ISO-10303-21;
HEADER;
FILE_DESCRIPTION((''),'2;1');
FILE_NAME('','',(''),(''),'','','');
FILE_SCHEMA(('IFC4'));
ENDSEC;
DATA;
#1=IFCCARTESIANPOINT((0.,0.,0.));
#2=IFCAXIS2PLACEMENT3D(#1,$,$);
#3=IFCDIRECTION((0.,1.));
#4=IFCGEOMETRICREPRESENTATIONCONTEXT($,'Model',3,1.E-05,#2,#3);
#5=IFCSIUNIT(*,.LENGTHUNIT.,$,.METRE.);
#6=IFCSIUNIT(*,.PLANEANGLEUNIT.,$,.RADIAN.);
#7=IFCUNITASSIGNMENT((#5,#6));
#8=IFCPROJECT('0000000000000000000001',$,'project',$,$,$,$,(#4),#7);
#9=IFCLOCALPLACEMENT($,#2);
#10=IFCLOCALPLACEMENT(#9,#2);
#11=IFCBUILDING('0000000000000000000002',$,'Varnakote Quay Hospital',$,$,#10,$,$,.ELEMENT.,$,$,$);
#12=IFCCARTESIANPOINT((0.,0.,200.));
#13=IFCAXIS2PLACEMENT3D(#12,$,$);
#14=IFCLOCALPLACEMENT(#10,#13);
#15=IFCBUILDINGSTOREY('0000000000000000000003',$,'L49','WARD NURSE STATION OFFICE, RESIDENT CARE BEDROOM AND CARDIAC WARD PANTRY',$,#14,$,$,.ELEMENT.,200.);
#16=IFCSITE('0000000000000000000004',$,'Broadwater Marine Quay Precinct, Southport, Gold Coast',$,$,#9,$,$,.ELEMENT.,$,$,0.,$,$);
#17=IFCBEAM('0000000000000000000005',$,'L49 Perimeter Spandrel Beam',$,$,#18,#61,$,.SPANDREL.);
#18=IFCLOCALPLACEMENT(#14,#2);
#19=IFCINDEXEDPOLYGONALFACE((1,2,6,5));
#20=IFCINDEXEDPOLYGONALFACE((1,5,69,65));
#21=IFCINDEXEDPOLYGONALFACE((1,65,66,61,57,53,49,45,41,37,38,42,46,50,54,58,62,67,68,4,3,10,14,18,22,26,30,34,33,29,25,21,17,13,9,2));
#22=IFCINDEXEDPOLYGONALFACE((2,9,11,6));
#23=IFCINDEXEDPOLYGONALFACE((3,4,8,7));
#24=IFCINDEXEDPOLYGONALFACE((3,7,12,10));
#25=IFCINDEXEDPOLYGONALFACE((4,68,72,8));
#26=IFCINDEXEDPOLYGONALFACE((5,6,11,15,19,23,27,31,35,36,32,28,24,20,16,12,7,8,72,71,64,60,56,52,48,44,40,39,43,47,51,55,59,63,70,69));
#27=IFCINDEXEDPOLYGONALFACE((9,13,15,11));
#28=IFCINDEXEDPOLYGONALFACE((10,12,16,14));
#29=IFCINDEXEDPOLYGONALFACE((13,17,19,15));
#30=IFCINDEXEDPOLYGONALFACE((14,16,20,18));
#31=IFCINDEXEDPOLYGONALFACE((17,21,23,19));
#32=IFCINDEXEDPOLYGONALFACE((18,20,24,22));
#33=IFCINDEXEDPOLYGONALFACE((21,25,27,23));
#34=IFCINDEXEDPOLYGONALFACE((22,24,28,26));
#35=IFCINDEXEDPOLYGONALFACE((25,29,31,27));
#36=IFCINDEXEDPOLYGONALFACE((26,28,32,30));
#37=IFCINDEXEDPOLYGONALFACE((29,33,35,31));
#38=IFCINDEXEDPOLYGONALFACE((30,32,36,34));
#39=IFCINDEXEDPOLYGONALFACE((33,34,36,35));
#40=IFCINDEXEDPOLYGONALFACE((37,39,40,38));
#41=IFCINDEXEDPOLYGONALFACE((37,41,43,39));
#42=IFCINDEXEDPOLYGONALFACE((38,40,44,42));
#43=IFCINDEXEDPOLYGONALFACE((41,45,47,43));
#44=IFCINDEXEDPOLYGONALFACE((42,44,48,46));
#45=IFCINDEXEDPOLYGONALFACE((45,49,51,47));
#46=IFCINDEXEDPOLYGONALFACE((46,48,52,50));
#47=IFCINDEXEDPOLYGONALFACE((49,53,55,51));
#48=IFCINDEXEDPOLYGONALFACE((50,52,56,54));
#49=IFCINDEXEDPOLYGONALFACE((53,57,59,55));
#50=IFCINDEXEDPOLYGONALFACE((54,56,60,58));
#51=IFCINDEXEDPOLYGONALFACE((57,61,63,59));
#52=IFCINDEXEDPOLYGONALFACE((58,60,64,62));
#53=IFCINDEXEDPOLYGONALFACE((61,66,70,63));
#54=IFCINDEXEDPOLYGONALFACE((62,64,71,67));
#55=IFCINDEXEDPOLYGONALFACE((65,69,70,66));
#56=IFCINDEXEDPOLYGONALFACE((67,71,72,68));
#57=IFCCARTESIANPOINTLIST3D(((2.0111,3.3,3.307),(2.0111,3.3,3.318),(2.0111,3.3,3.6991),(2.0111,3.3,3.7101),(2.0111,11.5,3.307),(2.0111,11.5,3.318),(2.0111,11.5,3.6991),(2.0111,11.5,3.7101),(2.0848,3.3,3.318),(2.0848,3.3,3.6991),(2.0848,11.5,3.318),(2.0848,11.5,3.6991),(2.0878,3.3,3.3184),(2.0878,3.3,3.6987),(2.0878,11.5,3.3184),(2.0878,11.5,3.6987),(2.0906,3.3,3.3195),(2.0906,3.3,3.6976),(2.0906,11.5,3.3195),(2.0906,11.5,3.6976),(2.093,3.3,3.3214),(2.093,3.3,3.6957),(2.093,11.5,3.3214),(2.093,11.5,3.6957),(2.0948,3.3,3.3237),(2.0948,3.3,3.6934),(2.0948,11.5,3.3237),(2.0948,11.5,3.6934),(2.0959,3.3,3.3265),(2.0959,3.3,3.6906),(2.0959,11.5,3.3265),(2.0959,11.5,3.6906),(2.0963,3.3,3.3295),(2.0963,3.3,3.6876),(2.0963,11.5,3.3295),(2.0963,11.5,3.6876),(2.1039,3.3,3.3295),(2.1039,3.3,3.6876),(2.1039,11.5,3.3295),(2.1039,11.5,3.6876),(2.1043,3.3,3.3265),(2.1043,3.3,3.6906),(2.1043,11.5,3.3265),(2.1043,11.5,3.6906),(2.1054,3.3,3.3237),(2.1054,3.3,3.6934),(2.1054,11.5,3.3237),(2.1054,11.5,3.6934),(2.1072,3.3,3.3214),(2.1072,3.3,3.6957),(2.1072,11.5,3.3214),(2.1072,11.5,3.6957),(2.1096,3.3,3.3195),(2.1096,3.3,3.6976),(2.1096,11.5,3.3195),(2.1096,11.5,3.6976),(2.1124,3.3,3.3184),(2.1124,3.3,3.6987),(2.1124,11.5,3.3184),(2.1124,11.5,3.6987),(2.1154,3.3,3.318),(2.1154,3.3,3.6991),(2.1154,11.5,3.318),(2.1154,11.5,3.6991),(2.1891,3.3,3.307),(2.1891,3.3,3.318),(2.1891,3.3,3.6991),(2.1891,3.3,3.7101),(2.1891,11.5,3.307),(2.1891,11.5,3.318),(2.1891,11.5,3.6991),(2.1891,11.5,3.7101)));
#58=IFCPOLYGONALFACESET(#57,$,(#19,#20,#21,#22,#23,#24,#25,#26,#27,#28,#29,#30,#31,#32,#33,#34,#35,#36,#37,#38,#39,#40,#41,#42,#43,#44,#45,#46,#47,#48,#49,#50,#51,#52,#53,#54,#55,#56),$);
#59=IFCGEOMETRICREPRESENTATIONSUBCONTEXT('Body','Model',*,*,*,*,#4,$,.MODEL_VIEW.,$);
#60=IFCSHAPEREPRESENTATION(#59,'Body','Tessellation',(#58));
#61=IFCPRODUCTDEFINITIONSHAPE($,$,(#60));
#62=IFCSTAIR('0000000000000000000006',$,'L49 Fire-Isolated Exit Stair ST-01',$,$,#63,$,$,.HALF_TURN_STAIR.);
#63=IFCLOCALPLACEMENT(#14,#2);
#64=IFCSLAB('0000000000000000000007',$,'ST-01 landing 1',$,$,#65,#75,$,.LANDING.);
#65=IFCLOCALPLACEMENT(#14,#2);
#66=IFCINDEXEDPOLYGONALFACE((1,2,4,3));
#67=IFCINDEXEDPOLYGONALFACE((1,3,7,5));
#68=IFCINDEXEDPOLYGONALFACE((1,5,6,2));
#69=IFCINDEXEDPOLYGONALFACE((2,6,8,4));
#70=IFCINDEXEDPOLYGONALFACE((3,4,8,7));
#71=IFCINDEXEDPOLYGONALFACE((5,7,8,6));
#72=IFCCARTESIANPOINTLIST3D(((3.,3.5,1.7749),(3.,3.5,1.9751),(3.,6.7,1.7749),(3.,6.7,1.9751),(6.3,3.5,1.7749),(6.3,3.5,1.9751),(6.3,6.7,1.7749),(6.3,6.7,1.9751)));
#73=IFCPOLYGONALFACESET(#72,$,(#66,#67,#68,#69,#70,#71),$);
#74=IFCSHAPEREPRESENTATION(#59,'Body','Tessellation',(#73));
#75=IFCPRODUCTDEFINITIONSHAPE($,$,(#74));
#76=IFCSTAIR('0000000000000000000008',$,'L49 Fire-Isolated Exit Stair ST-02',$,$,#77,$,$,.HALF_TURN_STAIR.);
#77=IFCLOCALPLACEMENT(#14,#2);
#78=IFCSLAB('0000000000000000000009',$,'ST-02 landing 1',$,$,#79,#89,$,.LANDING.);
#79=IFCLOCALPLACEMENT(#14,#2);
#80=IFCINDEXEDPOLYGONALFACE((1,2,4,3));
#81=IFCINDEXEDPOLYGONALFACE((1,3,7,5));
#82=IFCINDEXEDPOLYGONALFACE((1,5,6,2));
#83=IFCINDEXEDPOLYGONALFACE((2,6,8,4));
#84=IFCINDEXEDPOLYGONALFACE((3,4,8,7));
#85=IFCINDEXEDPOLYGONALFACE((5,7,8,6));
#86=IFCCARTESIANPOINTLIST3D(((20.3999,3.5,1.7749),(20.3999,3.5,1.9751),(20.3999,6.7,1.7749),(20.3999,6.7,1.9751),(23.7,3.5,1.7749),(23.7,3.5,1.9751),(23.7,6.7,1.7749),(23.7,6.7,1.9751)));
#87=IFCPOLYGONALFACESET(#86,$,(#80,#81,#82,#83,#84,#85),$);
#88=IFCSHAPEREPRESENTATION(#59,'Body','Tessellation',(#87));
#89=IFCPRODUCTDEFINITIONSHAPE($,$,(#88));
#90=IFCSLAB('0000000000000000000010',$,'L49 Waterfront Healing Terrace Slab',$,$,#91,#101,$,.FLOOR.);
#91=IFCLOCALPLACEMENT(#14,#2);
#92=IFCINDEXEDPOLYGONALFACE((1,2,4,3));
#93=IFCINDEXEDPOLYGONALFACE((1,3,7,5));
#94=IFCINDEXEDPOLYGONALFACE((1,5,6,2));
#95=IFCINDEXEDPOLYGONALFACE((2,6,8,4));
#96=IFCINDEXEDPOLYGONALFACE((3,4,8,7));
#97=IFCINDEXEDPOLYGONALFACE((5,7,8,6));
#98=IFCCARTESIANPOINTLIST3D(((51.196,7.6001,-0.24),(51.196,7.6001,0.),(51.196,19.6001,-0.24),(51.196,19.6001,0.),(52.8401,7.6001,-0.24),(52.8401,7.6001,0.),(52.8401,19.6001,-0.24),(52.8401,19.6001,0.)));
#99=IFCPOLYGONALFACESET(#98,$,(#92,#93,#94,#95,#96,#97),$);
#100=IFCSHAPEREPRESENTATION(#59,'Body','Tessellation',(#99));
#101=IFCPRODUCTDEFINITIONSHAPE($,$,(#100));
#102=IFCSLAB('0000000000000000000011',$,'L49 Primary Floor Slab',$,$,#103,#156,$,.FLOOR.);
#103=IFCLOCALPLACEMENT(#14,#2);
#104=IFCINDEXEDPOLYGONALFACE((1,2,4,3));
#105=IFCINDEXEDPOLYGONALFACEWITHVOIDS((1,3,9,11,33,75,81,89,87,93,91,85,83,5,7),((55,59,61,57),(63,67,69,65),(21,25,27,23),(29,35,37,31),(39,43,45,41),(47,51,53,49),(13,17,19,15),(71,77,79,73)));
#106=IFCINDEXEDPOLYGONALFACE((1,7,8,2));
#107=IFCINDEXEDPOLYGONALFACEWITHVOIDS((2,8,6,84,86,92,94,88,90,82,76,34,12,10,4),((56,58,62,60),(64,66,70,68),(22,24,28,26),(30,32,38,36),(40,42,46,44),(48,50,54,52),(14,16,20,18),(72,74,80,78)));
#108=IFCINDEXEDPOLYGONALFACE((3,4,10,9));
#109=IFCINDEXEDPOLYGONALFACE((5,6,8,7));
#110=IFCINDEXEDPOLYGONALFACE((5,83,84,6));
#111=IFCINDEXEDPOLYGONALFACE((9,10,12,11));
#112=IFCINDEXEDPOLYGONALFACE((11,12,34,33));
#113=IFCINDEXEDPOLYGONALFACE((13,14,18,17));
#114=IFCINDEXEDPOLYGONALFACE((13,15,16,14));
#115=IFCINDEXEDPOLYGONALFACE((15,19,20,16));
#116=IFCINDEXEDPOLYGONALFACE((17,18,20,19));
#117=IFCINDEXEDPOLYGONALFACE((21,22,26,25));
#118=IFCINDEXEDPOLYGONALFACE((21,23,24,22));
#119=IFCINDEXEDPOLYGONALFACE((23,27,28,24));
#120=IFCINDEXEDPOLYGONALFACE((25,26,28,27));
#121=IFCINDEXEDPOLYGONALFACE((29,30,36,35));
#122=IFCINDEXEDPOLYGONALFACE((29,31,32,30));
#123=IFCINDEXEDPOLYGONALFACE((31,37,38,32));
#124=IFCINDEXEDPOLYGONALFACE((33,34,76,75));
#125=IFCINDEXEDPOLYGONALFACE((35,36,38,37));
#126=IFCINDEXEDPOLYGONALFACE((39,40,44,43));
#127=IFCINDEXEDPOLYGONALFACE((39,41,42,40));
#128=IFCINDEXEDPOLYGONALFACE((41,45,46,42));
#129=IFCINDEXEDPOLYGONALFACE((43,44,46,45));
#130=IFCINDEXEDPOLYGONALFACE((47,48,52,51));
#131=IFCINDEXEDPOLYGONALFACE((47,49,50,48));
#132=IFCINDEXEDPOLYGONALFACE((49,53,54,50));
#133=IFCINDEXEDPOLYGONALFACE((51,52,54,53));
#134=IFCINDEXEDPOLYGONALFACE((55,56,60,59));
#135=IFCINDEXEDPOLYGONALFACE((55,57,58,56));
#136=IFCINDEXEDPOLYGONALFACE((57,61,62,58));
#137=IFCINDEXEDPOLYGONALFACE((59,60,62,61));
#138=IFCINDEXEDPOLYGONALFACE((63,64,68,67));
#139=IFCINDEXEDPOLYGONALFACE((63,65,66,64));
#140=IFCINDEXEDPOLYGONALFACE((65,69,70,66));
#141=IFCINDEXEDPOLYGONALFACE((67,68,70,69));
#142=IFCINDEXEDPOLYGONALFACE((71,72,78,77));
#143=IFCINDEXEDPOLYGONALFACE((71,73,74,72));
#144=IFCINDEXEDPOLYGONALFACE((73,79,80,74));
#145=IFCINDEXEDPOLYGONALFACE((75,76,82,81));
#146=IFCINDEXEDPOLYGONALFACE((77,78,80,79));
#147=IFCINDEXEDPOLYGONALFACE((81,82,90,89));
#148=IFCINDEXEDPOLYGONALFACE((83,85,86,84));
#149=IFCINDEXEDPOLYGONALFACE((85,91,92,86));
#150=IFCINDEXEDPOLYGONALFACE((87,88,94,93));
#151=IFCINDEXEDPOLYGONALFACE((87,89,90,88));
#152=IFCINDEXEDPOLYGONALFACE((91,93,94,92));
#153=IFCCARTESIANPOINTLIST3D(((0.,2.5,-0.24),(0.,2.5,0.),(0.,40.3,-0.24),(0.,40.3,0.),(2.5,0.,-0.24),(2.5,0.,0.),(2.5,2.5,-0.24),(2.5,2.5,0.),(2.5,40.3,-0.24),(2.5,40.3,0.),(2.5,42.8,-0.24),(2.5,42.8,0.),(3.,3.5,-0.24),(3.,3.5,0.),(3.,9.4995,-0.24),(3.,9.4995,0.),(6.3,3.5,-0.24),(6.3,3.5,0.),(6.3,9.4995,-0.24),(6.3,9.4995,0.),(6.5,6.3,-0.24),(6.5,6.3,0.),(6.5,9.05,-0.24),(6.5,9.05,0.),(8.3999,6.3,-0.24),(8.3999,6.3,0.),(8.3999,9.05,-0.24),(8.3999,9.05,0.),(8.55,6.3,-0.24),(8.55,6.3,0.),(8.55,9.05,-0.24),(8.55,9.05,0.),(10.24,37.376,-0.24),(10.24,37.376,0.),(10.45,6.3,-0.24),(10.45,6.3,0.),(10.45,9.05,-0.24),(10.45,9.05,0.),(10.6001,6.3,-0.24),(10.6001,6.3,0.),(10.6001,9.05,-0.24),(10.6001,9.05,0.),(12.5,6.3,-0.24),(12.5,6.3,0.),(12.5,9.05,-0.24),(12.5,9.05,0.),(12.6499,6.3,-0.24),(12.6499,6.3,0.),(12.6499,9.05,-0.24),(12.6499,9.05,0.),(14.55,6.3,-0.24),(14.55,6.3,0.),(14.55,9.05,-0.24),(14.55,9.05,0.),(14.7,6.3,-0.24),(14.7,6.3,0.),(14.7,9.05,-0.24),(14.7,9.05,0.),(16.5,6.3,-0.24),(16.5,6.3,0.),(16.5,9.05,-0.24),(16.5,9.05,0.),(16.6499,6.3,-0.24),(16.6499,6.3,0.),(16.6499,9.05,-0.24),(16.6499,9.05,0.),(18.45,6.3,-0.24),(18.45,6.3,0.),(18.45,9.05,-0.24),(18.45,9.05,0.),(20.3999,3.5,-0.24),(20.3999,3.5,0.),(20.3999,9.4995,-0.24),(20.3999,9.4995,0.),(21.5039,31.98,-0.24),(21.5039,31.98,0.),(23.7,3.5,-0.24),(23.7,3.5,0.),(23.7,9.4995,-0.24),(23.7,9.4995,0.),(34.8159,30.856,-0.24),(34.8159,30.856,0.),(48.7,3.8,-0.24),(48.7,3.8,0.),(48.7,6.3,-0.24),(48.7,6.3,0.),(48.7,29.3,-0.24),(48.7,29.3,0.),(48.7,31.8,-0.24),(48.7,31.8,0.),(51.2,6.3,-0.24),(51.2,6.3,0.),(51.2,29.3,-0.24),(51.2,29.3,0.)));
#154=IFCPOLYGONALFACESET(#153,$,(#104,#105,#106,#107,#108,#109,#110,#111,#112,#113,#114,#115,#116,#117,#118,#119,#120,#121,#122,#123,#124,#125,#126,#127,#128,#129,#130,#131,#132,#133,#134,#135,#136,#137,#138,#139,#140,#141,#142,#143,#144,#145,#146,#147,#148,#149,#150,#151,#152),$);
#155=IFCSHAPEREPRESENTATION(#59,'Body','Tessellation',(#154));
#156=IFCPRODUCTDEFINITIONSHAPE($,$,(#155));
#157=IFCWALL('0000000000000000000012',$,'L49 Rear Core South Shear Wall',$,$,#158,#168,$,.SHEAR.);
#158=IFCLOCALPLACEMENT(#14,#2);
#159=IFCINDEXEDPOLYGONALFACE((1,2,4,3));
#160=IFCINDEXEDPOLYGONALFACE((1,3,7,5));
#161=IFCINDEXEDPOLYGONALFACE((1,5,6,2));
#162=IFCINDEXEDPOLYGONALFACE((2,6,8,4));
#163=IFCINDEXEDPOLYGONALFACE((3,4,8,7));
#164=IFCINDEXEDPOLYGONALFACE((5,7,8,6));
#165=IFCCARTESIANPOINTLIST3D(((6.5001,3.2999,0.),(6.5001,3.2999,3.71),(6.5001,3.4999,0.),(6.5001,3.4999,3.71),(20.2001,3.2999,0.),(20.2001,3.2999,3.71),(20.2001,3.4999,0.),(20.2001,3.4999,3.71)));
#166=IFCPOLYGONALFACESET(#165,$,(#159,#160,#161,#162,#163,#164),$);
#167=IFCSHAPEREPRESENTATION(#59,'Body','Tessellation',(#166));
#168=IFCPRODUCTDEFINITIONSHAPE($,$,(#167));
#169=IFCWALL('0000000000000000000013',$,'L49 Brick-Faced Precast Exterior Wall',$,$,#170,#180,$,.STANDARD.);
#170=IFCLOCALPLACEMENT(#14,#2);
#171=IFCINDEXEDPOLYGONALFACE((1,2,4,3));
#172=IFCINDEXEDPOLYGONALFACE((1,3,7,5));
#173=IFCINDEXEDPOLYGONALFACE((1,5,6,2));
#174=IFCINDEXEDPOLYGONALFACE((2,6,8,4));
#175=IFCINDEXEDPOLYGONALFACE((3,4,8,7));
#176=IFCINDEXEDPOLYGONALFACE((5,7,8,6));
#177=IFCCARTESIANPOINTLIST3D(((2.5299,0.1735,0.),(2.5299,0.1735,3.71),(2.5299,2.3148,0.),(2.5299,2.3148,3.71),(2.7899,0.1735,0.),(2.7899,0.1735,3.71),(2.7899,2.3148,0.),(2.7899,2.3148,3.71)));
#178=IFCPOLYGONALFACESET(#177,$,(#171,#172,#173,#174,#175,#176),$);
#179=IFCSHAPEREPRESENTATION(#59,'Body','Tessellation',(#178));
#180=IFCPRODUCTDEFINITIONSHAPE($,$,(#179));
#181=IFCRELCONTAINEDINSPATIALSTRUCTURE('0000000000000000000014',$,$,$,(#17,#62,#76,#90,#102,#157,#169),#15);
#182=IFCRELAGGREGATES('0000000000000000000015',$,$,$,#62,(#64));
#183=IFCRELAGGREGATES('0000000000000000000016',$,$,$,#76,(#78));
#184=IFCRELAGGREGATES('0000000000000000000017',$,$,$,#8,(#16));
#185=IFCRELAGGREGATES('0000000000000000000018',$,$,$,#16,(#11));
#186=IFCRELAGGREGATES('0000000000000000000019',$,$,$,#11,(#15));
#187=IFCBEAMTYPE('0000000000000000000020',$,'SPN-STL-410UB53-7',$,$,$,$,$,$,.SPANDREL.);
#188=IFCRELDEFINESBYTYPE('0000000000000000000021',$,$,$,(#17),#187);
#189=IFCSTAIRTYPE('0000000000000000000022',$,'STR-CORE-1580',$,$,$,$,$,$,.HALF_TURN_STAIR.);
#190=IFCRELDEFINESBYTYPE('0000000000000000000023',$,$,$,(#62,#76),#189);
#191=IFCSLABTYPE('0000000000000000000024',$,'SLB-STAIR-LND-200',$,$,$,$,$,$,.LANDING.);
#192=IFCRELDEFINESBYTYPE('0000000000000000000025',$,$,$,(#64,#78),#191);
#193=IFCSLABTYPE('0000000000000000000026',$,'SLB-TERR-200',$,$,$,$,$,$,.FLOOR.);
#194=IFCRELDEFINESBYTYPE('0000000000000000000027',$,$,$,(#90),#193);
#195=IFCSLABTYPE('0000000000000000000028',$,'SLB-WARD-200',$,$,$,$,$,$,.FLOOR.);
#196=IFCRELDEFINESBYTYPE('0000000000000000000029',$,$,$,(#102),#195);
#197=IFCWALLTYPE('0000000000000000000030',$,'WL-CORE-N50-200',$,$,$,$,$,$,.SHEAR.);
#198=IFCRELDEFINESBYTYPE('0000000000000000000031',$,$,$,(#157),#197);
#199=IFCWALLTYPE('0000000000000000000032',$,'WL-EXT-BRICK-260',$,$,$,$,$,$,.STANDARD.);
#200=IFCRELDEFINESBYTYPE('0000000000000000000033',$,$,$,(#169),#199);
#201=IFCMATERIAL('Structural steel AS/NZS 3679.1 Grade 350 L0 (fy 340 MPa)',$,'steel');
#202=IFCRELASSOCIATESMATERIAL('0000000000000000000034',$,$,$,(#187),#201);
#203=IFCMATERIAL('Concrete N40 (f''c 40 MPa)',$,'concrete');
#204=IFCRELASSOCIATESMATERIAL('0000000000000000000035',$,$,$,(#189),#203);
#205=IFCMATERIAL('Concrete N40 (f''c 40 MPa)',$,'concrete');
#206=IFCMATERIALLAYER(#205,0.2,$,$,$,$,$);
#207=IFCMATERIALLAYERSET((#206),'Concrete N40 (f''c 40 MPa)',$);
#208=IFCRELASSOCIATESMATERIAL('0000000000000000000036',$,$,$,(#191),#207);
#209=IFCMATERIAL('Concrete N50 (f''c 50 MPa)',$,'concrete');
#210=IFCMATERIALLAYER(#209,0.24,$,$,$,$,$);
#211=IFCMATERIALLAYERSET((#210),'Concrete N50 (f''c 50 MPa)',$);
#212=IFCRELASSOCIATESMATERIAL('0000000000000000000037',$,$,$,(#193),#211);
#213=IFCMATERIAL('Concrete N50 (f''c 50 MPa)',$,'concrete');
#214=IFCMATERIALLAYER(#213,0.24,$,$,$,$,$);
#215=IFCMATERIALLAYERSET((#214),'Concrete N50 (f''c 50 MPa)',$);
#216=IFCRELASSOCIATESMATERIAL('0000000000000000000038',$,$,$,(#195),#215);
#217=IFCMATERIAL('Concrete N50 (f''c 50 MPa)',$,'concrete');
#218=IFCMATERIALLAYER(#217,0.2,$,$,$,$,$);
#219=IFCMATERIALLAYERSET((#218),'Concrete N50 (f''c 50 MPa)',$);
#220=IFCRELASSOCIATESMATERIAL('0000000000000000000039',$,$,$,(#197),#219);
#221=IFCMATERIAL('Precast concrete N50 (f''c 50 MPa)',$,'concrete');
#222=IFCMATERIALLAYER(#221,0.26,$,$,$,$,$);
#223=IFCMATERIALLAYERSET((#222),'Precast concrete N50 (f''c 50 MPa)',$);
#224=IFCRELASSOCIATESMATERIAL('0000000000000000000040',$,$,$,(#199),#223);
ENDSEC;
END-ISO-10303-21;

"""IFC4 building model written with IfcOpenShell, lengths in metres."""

from ifc_helpers import new_model, si_unit, direction, frame, frame_2d, origin, origin_2d, place, context, subcontext, project, spatial, polyline, rectangle, i_section, outline, extrude, material, layer, layer_set, material_profile, profile_set, type_object, element, aggregate, save


model = new_model("IFC4")

# Units and contexts
model_context = context("Model", 3, precision=1e-05, world=origin(), true_north=direction((0.0, 1.0)))
body_context = subcontext(model_context, "Body", "Model", "MODEL_VIEW")
ifc_project = project(units=[si_unit("LENGTHUNIT", "METRE"), si_unit("PLANEANGLEUNIT", "RADIAN")], contexts=[model_context])

# Site, building, storey
site_placement = place(None, origin())
site = spatial("IfcSite", under=ifc_project, at=site_placement, Name="Broadwater Marine Quay Precinct, Southport, Gold Coast", CompositionType="ELEMENT", RefElevation=0.0)
building_placement = place(site_placement, origin())
building = spatial("IfcBuilding", under=site, at=building_placement, Name="Varnakote Quay Hospital", CompositionType="ELEMENT")
storey_placement = place(building_placement, frame((0.0, 0.0, 200.0)))
storey = spatial("IfcBuildingStorey", under=building, at=storey_placement, Name="L49", Description="WARD NURSE STATION OFFICE, RESIDENT CARE BEDROOM AND CARDIAC WARD PANTRY", CompositionType="ELEMENT", Elevation=200.0)

# Beam
ifc_material_1 = material(Name="Structural steel AS/NZS 3679.1 Grade 350 L0 (fy 340 MPa)", Category="steel")
ifc_material_profile_1 = material_profile(ifc_material_1, i_section(OverallWidth=0.178, OverallDepth=0.4031, WebThickness=0.0076, FlangeThickness=0.011, FilletRadius=0.0115, at=origin_2d()), Name="410UB53.7")
ifc_profile_set_1 = profile_set([ifc_material_profile_1], Name="Structural steel AS/NZS 3679.1 Grade 350 L0 (fy 340 MPa)")
beam_type_1 = type_object("IfcBeamType", Name="SPN-STL-410UB53-7", PredefinedType="SPANDREL", material=ifc_profile_set_1)
beam_1_placement = place(storey_placement, frame((2.1001, 3.3, 3.5085), z_axis=(0.0, 1.0, 0.0), x_axis=(-1.0, 0.0, 0.0)))
element("IfcBeam", 1, at=beam_1_placement, inside=storey, type_object=beam_type_1, Name="L49 Perimeter Spandrel Beam", PredefinedType="SPANDREL", context=body_context, shape_type="SweptSolid", body=[
    extrude(i_section(OverallWidth=0.178, OverallDepth=0.4031, WebThickness=0.0076, FlangeThickness=0.011, FilletRadius=0.0115, at=origin_2d()), origin(), (0.0, 0.0, 1.0), 8.2),
])

# Stairs, slabs
ifc_material_2 = material(Name="Concrete N40 (f'c 40 MPa)", Category="concrete")
stair_type = type_object("IfcStairType", Name="STR-CORE-1580", PredefinedType="HALF_TURN_STAIR", material=ifc_material_2)
stair_1_placement = place(storey_placement, origin())
stair_1 = element("IfcStair", 2, at=stair_1_placement, inside=storey, type_object=stair_type, Name="L49 Fire-Isolated Exit Stair ST-01", PredefinedType="HALF_TURN_STAIR")
ifc_material_3 = material(Name="Concrete N40 (f'c 40 MPa)", Category="concrete")
ifc_layer_1 = layer(ifc_material_3, 0.2)
ifc_layer_set_1 = layer_set([ifc_layer_1], Name="Concrete N40 (f'c 40 MPa)")
slab_type_1 = type_object("IfcSlabType", Name="SLB-STAIR-LND-200", PredefinedType="LANDING", material=ifc_layer_set_1)
slab_1_placement = place(storey_placement, frame((0.0, 0.0, 1.7749)))
slab_1 = element("IfcSlab", 3, at=slab_1_placement, type_object=slab_type_1, Name="ST-01 landing 1", PredefinedType="LANDING", context=body_context, shape_type="SweptSolid", body=[
    extrude(outline(polyline([(3.0, 6.7), (3.0, 3.5), (6.3, 3.5), (6.3, 6.7), (3.0, 6.7)])), origin(), (0.0, 0.0, 1.0), 0.2002),
])
aggregate(stair_1, [slab_1])
stair_2_placement = place(storey_placement, origin())
stair_2 = element("IfcStair", 4, at=stair_2_placement, inside=storey, type_object=stair_type, Name="L49 Fire-Isolated Exit Stair ST-02", PredefinedType="HALF_TURN_STAIR")
slab_2_placement = place(storey_placement, frame((0.0, 0.0, 1.7749)))
slab_2 = element("IfcSlab", 5, at=slab_2_placement, type_object=slab_type_1, Name="ST-02 landing 1", PredefinedType="LANDING", context=body_context, shape_type="SweptSolid", body=[
    extrude(outline(polyline([(20.3999, 6.7), (20.3999, 3.5), (23.7, 3.5), (23.7, 6.7), (20.3999, 6.7)])), origin(), (0.0, 0.0, 1.0), 0.2002),
])
aggregate(stair_2, [slab_2])

# Slabs
ifc_material_4 = material(Name="Concrete N50 (f'c 50 MPa)", Category="concrete")
ifc_layer_2 = layer(ifc_material_4, 0.24)
ifc_layer_set_2 = layer_set([ifc_layer_2], Name="Concrete N50 (f'c 50 MPa)")
slab_type_2 = type_object("IfcSlabType", Name="SLB-TERR-200", PredefinedType="FLOOR", material=ifc_layer_set_2)
slab_3_placement = place(storey_placement, frame((0.0, 0.0, -0.24)))
element("IfcSlab", 6, at=slab_3_placement, inside=storey, type_object=slab_type_2, Name="L49 Waterfront Healing Terrace Slab", PredefinedType="FLOOR", context=body_context, shape_type="SweptSolid", body=[
    extrude(outline(polyline([(51.196, 19.6001), (51.196, 7.6001), (52.8401, 7.6001), (52.8401, 19.6001), (51.196, 19.6001)])), origin(), (0.0, 0.0, 1.0), 0.24),
])
ifc_material_5 = material(Name="Concrete N50 (f'c 50 MPa)", Category="concrete")
ifc_layer_3 = layer(ifc_material_5, 0.24)
ifc_layer_set_3 = layer_set([ifc_layer_3], Name="Concrete N50 (f'c 50 MPa)")
slab_type_3 = type_object("IfcSlabType", Name="SLB-WARD-200", PredefinedType="FLOOR", material=ifc_layer_set_3)
slab_4_placement = place(storey_placement, frame((0.0, 0.0, -0.24)))
element("IfcSlab", 7, at=slab_4_placement, inside=storey, type_object=slab_type_3, Name="L49 Primary Floor Slab", PredefinedType="FLOOR", context=body_context, shape_type="SweptSolid", body=[
    extrude(outline(polyline([(0.0, 2.5), (2.5, 2.5), (2.5, 0.0), (48.7, 3.8), (48.7, 6.3), (51.2, 6.3), (51.2, 29.3), (48.7, 29.3), (48.7, 31.8), (34.8159, 30.856), (21.5039, 31.98), (10.24, 37.376), (2.5, 42.8), (2.5, 40.3), (0.0, 40.3), (0.0, 2.5)]), holes=[polyline([(3.0, 3.5), (6.3, 3.5), (6.3, 9.4995), (3.0, 9.4995), (3.0, 3.5)]), polyline([(20.3999, 3.5), (23.7, 3.5), (23.7, 9.4995), (20.3999, 9.4995), (20.3999, 3.5)]), polyline([(6.5, 6.3), (8.3999, 6.3), (8.3999, 9.05), (6.5, 9.05), (6.5, 6.3)]), polyline([(8.55, 6.3), (10.45, 6.3), (10.45, 9.05), (8.55, 9.05), (8.55, 6.3)]), polyline([(10.6001, 6.3), (12.5, 6.3), (12.5, 9.05), (10.6001, 9.05), (10.6001, 6.3)]), polyline([(12.6499, 6.3), (14.55, 6.3), (14.55, 9.05), (12.6499, 9.05), (12.6499, 6.3)]), polyline([(14.7, 6.3), (16.5, 6.3), (16.5, 9.05), (14.7, 9.05), (14.7, 6.3)]), polyline([(16.6499, 6.3), (18.45, 6.3), (18.45, 9.05), (16.6499, 9.05), (16.6499, 6.3)])]), origin(), (0.0, 0.0, 1.0), 0.24),
])

# Walls
ifc_material_6 = material(Name="Concrete N50 (f'c 50 MPa)", Category="concrete")
ifc_layer_4 = layer(ifc_material_6, 0.2)
ifc_layer_set_4 = layer_set([ifc_layer_4], Name="Concrete N50 (f'c 50 MPa)")
wall_type_1 = type_object("IfcWallType", Name="WL-CORE-N50-200", PredefinedType="SHEAR", material=ifc_layer_set_4)
wall_1_placement = place(storey_placement, frame((6.5, 3.3999, 0.0), z_axis=(0.0, 0.0, 1.0), x_axis=(1.0, 0.0, 0.0)))
element("IfcWall", 8, at=wall_1_placement, inside=storey, type_object=wall_type_1, Name="L49 Rear Core South Shear Wall", PredefinedType="SHEAR", context=body_context, shape_type="SweptSolid", body=[
    extrude(rectangle(XDim=13.7, YDim=0.2, at=frame_2d((6.8501, 0.0))), origin(), (0.0, 0.0, 1.0), 3.71),
])
ifc_material_7 = material(Name="Precast concrete N50 (f'c 50 MPa)", Category="concrete")
ifc_layer_5 = layer(ifc_material_7, 0.26)
ifc_layer_set_5 = layer_set([ifc_layer_5], Name="Precast concrete N50 (f'c 50 MPa)")
wall_type_2 = type_object("IfcWallType", Name="WL-EXT-BRICK-260", PredefinedType="STANDARD", material=ifc_layer_set_5)
wall_2_placement = place(storey_placement, frame((2.6599, 2.3149, 0.0), z_axis=(0.0, 0.0, 1.0), x_axis=(0.0, -1.0, 0.0)))
element("IfcWall", 9, at=wall_2_placement, inside=storey, type_object=wall_type_2, Name="L49 Brick-Faced Precast Exterior Wall", PredefinedType="STANDARD", context=body_context, shape_type="SweptSolid", body=[
    extrude(rectangle(XDim=2.1414, YDim=0.26, at=frame_2d((1.0708, 0.0))), origin(), (0.0, 0.0, 1.0), 3.71),
])

save(model, "model.ifc")
